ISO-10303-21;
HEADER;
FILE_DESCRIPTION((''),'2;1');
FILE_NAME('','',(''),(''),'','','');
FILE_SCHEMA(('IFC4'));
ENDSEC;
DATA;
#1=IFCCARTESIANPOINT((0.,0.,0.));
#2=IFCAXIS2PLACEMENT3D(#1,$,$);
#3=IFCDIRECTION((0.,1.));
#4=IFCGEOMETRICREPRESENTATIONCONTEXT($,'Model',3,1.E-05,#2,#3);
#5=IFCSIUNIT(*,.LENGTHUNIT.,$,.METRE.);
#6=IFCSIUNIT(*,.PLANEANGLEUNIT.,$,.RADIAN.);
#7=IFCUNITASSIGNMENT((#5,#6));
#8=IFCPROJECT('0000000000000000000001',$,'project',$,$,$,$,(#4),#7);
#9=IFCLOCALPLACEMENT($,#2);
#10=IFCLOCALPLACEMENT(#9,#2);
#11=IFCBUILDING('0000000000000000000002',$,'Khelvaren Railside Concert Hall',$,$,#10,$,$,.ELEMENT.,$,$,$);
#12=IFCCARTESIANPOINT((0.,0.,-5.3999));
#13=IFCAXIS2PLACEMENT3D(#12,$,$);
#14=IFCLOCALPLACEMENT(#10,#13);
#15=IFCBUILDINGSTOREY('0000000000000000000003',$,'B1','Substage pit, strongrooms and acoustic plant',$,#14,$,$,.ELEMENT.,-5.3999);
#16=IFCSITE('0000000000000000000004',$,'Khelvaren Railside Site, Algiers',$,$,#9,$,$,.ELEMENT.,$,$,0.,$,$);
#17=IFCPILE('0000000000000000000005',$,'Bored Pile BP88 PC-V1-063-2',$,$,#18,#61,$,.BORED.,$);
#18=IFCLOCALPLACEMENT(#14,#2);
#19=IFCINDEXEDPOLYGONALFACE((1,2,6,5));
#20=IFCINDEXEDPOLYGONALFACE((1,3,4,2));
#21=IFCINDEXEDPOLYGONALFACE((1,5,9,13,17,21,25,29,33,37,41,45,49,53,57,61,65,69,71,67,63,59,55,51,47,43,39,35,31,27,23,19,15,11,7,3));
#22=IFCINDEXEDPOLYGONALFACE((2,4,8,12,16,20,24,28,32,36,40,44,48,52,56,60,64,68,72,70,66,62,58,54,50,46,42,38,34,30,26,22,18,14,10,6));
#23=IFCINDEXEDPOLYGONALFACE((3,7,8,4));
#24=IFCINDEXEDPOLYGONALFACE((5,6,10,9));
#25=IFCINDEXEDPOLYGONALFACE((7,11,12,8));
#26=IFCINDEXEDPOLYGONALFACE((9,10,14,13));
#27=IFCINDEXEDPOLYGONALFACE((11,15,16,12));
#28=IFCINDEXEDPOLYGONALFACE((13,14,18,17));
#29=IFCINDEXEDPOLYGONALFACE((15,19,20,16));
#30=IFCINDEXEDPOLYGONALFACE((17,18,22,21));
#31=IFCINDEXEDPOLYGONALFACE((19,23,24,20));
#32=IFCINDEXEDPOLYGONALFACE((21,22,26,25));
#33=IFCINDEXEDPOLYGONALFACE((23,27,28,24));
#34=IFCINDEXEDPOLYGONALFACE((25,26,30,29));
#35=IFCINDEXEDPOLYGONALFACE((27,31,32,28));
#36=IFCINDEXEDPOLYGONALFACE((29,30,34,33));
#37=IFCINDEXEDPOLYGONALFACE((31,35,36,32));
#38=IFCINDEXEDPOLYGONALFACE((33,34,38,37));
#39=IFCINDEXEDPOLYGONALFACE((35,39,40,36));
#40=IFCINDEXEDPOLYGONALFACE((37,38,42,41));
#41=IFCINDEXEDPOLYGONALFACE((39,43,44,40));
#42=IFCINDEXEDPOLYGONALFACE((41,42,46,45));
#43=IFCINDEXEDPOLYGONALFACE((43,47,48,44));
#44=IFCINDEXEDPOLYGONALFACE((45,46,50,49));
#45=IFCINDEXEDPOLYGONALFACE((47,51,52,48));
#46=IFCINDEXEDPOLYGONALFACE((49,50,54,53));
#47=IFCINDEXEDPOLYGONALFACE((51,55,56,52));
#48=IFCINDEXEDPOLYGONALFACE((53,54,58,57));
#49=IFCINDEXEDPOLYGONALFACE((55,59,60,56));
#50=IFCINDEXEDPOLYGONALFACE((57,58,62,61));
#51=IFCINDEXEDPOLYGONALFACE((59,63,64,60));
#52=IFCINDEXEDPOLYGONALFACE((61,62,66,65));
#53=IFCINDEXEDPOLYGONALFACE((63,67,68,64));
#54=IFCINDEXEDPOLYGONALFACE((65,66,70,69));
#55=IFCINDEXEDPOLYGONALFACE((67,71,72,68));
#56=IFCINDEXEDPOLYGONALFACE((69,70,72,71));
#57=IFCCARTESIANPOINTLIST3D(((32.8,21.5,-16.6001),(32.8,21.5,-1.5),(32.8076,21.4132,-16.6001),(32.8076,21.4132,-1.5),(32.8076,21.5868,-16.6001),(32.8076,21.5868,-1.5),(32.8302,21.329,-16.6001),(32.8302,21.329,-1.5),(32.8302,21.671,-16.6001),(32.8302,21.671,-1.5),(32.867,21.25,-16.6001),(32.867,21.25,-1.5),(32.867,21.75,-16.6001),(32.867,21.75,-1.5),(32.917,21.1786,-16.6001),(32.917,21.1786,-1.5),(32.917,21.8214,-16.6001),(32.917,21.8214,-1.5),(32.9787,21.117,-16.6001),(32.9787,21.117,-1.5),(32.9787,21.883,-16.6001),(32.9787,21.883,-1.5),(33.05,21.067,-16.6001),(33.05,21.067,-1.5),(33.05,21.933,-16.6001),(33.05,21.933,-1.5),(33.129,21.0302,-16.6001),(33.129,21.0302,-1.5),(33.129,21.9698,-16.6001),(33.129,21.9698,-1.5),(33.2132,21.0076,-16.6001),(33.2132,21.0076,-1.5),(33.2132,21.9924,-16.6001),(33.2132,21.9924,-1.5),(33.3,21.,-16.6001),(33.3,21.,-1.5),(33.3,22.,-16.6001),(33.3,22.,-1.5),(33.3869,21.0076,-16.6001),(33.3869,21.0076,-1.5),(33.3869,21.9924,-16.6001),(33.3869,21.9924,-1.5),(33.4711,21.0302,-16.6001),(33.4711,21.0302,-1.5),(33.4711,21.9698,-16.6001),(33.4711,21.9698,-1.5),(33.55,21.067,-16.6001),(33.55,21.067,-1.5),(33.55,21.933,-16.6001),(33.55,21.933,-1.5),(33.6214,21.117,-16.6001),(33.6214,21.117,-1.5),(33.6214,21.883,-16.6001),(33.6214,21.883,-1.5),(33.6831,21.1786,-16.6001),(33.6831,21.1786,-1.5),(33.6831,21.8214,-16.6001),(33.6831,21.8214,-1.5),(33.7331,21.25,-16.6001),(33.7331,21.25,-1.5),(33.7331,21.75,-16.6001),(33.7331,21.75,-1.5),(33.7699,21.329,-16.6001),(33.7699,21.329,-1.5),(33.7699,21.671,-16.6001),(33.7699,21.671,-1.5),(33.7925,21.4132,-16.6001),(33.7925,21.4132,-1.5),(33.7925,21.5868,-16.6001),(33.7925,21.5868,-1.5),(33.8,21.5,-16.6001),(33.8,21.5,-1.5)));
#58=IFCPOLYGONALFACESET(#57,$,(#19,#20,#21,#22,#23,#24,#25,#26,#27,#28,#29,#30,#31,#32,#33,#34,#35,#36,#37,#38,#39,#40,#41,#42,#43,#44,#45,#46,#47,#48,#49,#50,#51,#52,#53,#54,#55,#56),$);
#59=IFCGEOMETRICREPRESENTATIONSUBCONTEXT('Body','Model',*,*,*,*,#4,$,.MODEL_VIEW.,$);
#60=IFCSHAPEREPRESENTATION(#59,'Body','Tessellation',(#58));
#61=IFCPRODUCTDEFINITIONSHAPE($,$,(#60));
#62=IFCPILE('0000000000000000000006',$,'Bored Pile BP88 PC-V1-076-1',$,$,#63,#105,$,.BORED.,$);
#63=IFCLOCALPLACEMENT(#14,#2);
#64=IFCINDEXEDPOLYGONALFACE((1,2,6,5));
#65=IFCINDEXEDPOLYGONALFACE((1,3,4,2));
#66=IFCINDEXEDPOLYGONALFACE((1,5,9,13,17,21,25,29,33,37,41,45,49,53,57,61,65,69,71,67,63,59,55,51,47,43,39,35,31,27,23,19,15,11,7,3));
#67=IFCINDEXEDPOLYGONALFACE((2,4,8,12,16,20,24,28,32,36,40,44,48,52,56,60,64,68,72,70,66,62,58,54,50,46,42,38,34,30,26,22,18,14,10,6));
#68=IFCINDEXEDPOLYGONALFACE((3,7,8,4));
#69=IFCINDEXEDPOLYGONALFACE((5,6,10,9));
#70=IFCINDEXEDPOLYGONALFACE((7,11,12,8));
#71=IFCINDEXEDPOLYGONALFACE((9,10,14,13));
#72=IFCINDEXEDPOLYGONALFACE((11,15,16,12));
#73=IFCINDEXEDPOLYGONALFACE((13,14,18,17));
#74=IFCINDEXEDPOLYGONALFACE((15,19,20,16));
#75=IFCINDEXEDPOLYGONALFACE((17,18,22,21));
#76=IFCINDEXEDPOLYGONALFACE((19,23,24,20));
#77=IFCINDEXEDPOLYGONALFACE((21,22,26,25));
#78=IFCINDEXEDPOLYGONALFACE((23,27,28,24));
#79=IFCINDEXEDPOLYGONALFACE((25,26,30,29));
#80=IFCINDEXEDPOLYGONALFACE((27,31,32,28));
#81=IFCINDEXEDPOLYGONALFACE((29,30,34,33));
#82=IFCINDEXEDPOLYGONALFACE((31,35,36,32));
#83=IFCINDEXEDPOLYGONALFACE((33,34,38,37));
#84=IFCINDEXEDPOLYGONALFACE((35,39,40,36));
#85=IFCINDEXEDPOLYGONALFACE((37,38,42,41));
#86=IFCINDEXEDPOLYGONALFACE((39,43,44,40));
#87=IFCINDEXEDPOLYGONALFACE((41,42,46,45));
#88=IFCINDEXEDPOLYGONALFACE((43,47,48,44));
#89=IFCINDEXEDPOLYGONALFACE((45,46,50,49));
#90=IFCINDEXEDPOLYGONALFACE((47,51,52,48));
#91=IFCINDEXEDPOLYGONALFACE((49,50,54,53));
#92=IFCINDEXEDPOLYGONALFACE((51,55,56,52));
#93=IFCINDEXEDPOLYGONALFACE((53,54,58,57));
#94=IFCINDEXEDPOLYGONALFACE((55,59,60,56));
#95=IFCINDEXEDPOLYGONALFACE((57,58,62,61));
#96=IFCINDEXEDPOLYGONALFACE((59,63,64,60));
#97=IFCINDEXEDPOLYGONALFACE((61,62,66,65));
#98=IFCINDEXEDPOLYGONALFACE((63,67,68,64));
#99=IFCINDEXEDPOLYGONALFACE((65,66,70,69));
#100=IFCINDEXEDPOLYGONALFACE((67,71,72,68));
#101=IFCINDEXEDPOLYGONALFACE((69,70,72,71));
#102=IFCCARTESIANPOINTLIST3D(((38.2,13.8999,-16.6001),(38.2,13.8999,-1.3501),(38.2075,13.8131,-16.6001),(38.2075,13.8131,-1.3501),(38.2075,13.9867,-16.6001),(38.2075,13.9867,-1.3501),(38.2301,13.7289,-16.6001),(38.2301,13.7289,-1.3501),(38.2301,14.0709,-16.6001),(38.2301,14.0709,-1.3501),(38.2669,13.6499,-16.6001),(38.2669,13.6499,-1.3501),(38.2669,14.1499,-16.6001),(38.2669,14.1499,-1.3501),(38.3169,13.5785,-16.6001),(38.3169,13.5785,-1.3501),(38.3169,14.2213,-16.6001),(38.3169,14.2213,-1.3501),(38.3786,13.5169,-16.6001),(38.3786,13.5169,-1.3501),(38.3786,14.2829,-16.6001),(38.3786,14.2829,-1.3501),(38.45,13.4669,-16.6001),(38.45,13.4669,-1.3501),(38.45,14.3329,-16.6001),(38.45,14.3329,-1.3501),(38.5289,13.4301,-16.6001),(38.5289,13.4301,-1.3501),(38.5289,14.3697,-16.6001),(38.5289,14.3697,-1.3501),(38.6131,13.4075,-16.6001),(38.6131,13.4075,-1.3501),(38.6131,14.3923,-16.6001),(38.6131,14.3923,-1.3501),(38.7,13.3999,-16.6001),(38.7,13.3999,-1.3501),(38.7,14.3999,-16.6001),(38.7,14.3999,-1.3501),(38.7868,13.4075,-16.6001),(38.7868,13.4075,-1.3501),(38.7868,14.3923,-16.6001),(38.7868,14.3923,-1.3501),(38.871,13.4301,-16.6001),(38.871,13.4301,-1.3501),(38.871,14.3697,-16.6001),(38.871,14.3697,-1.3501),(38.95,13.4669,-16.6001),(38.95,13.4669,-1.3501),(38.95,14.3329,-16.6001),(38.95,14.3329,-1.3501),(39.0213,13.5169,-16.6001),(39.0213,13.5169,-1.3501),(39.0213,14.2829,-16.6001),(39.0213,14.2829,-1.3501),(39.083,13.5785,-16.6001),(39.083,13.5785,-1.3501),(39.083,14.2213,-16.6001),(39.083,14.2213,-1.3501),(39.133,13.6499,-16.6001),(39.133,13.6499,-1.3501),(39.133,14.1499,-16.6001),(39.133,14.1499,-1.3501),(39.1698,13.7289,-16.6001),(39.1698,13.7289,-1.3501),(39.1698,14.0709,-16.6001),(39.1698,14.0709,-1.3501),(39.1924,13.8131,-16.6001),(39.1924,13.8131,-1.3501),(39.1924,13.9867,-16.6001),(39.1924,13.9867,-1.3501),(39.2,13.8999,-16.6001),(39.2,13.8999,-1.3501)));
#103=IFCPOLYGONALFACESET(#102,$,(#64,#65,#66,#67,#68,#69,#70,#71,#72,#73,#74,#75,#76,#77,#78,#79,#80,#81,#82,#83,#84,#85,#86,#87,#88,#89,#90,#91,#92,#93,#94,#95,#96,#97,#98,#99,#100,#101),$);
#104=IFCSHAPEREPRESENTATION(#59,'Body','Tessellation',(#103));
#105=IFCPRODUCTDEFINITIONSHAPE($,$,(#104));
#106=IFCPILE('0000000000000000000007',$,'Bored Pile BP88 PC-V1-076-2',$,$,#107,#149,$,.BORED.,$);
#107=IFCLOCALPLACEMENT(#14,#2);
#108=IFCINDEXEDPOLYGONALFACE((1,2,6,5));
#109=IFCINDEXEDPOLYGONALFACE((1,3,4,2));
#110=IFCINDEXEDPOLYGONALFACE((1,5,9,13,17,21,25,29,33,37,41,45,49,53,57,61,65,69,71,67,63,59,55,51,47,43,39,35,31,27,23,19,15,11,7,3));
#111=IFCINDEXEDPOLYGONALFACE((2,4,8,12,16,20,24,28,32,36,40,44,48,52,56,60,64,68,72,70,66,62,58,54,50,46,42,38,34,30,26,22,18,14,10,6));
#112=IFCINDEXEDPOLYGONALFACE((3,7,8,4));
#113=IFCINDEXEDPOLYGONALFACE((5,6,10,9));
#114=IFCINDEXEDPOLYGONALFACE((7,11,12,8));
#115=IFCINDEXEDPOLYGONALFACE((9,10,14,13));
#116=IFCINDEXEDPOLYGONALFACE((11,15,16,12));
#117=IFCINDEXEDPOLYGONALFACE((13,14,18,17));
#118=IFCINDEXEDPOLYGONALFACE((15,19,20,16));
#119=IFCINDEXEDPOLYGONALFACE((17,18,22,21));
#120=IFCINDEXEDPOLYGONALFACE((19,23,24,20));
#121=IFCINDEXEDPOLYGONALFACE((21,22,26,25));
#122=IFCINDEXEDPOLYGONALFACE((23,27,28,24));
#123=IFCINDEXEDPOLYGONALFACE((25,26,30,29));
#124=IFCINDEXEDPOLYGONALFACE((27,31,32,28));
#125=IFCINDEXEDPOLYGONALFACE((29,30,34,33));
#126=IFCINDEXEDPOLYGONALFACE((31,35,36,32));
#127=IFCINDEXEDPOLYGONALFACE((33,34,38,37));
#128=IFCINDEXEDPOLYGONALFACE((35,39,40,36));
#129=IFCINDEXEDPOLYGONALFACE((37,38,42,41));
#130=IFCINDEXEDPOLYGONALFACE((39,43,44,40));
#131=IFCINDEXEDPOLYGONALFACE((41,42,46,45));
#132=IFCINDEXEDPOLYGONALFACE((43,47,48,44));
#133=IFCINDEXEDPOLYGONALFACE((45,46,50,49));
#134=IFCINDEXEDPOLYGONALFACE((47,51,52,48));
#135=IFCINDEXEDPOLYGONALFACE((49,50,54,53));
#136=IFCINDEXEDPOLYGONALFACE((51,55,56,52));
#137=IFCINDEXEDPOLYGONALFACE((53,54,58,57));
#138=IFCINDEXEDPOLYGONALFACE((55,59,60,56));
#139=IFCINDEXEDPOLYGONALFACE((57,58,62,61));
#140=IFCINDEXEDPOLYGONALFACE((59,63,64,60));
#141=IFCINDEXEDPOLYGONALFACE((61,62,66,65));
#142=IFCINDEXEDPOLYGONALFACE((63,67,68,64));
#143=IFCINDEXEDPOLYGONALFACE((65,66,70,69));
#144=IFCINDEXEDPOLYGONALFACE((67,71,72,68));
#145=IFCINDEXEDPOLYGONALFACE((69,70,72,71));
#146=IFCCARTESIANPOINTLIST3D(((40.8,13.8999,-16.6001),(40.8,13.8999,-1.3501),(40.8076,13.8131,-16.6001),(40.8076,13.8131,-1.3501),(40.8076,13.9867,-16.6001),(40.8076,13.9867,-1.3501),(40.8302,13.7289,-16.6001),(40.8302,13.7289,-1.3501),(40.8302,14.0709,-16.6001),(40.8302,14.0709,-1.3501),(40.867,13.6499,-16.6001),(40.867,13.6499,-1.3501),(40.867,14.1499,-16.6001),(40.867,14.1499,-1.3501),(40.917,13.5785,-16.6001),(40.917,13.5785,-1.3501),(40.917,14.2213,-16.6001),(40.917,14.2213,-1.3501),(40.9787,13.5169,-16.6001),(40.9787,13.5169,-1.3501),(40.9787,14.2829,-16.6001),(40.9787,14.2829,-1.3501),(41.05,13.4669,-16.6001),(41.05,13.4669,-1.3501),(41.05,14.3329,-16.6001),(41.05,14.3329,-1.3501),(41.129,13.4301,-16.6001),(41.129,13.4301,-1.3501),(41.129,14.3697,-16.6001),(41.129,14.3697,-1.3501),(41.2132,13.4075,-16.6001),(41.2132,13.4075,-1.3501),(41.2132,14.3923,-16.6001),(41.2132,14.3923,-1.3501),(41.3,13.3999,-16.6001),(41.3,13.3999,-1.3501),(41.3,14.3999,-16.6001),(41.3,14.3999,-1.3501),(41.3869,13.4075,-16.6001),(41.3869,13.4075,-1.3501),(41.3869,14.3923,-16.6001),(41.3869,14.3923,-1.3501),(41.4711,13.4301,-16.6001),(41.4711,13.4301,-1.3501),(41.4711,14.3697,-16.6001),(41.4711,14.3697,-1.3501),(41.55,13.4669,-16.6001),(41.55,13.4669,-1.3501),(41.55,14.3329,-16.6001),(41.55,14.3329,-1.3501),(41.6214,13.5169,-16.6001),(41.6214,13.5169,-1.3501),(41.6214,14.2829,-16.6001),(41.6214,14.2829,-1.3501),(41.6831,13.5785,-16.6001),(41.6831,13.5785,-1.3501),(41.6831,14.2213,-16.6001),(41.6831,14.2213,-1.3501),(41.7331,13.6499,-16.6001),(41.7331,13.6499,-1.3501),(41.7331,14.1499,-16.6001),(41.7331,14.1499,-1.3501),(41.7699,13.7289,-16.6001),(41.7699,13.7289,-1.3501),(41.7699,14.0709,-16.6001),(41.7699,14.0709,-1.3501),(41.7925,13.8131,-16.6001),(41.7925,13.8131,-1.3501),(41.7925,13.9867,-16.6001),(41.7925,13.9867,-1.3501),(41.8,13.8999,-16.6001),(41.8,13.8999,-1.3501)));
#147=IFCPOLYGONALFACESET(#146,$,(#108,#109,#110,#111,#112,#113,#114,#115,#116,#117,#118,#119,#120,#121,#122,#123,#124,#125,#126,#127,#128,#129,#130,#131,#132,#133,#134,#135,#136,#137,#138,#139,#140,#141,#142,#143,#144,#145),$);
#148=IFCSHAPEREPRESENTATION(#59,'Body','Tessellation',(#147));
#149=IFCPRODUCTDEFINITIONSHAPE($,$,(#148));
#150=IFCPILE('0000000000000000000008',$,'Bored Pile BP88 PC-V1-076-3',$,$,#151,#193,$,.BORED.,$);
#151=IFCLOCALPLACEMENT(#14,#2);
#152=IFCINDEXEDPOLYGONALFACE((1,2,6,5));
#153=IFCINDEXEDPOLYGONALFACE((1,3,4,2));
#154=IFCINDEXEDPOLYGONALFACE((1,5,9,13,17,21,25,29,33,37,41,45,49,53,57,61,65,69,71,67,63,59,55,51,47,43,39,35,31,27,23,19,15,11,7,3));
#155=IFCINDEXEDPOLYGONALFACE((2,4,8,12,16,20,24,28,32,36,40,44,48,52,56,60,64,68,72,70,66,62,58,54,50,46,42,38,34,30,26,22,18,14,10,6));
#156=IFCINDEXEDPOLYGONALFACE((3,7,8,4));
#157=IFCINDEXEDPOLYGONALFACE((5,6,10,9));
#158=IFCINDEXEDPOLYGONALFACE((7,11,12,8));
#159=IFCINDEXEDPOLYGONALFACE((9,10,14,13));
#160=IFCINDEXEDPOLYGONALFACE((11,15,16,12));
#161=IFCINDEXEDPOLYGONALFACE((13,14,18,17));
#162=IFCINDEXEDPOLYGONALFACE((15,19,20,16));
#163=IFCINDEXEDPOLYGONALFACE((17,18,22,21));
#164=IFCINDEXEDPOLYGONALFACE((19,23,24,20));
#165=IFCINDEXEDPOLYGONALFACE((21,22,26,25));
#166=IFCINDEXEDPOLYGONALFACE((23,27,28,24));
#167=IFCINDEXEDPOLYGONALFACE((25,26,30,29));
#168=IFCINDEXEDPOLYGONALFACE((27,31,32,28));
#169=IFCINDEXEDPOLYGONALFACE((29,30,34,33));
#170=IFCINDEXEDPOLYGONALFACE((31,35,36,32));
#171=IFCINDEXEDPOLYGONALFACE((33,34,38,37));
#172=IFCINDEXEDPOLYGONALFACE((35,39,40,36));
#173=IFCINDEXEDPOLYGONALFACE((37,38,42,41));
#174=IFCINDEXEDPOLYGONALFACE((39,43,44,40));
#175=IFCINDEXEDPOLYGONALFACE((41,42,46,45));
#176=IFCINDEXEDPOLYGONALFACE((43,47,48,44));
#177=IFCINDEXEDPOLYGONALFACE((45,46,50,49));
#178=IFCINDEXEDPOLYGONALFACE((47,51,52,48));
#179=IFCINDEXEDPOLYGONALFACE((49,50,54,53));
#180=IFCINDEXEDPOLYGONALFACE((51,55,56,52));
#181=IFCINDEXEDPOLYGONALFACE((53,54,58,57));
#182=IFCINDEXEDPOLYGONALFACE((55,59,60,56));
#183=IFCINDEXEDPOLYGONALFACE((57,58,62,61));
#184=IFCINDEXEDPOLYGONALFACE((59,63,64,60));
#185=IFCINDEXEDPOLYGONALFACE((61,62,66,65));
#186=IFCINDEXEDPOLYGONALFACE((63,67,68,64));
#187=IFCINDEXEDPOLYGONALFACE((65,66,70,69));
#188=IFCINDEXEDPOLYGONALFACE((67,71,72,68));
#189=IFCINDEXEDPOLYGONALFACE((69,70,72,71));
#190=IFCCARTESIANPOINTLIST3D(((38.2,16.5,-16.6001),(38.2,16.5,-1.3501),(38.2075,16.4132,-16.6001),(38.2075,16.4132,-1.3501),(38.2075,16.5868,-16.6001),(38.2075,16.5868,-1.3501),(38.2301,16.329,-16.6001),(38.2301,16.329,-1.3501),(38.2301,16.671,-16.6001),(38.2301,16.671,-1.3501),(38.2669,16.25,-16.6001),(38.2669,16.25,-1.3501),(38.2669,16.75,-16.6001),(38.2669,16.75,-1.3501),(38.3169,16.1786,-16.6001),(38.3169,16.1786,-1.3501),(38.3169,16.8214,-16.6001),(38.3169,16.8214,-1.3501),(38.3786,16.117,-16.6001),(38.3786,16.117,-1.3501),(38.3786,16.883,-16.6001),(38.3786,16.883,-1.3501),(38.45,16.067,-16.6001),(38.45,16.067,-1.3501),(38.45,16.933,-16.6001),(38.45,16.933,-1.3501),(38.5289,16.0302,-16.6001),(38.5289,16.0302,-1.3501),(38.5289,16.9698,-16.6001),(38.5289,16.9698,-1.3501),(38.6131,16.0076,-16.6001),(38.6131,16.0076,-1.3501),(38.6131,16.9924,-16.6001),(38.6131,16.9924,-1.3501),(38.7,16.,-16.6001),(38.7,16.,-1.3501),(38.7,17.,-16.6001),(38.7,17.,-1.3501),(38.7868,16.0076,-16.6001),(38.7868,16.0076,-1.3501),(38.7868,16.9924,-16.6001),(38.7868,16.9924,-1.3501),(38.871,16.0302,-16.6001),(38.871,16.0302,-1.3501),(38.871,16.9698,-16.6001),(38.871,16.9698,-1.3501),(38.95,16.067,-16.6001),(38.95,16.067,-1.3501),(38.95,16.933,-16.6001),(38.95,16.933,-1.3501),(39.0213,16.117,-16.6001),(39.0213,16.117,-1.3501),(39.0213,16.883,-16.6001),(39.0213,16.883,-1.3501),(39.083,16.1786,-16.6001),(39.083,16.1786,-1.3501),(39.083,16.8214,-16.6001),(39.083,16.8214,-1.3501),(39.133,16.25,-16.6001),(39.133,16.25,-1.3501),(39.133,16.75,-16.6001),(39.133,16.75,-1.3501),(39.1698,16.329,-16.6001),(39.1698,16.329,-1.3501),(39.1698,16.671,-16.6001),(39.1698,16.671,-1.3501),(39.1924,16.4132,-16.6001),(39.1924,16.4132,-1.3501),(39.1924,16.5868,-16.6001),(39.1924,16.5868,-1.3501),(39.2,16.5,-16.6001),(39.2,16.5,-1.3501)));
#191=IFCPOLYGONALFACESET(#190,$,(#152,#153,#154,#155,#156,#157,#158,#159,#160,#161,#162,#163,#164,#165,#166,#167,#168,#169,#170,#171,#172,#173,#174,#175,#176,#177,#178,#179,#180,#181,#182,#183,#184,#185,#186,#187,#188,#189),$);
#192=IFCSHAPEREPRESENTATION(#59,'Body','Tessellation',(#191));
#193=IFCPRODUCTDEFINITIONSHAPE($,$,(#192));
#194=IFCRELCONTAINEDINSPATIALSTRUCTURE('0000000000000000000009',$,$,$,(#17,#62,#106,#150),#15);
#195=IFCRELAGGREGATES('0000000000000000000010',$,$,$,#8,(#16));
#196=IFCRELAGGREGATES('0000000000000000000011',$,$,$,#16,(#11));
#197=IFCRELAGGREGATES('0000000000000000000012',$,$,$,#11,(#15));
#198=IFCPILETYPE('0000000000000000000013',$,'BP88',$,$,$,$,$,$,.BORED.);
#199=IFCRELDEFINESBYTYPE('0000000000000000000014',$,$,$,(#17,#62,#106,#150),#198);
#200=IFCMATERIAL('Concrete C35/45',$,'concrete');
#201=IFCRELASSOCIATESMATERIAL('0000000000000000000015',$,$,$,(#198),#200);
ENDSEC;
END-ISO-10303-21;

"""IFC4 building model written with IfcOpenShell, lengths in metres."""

from ifc_helpers import new_model, si_unit, direction, frame, origin, origin_2d, place, context, subcontext, project, spatial, circle, extrude, material, material_profile, profile_set, type_object, element, save


model = new_model("IFC4")

# Units and contexts
model_context = context("Model", 3, precision=1e-05, world=origin(), true_north=direction((0.0, 1.0)))
body_context = subcontext(model_context, "Body", "Model", "MODEL_VIEW")
ifc_project = project(units=[si_unit("LENGTHUNIT", "METRE"), si_unit("PLANEANGLEUNIT", "RADIAN")], contexts=[model_context])

# Site, building, storey
site_placement = place(None, origin())
site = spatial("IfcSite", under=ifc_project, at=site_placement, Name="Khelvaren Railside Site, Algiers", CompositionType="ELEMENT", RefElevation=0.0)
building_placement = place(site_placement, origin())
building = spatial("IfcBuilding", under=site, at=building_placement, Name="Khelvaren Railside Concert Hall", CompositionType="ELEMENT")
storey_placement = place(building_placement, frame((0.0, 0.0, -5.3999)))
storey = spatial("IfcBuildingStorey", under=building, at=storey_placement, Name="B1", Description="Substage pit, strongrooms and acoustic plant", CompositionType="ELEMENT", Elevation=-5.3999)

# Piles
ifc_material_1 = material(Name="Concrete C35/45", Category="concrete")
ifc_material_profile_1 = material_profile(ifc_material_1, circle(Radius=0.5, at=origin_2d()), Name="BP D1000")
ifc_profile_set_1 = profile_set([ifc_material_profile_1], Name="Concrete C35/45")
pile_type = type_object("IfcPileType", Name="BP88", PredefinedType="BORED", material=ifc_profile_set_1)
for number, where, z_axis, x_axis, name in (
    (1, (33.3, 21.5, -1.5), (0.0, 0.0, -1.0), (1.0, 0.0, 0.0), "Bored Pile BP88 PC-V1-063-2"),
):
    element("IfcPile", number, at=place(storey_placement, frame(where, z_axis=z_axis, x_axis=x_axis)), inside=storey, type_object=pile_type, Name=name, PredefinedType="BORED", context=body_context, shape_type="SweptSolid", body=[
        extrude(circle(Radius=0.5, at=origin_2d()), origin(), (0.0, 0.0, 1.0), 15.1001),
    ])
for number, where, z_axis, x_axis, name in (
    (2, (38.7, 13.8999, -1.3501), (0.0, 0.0, -1.0), (1.0, 0.0, 0.0), "Bored Pile BP88 PC-V1-076-1"),
    (3, (41.3, 13.8999, -1.3501), (0.0, 0.0, -1.0), (1.0, 0.0, 0.0), "Bored Pile BP88 PC-V1-076-2"),
    (4, (38.7, 16.5, -1.3501), (0.0, 0.0, -1.0), (1.0, 0.0, 0.0), "Bored Pile BP88 PC-V1-076-3"),
):
    element("IfcPile", number, at=place(storey_placement, frame(where, z_axis=z_axis, x_axis=x_axis)), inside=storey, type_object=pile_type, Name=name, PredefinedType="BORED", context=body_context, shape_type="SweptSolid", body=[
        extrude(circle(Radius=0.5, at=origin_2d()), origin(), (0.0, 0.0, 1.0), 15.25),
    ])

save(model, "model.ifc")
